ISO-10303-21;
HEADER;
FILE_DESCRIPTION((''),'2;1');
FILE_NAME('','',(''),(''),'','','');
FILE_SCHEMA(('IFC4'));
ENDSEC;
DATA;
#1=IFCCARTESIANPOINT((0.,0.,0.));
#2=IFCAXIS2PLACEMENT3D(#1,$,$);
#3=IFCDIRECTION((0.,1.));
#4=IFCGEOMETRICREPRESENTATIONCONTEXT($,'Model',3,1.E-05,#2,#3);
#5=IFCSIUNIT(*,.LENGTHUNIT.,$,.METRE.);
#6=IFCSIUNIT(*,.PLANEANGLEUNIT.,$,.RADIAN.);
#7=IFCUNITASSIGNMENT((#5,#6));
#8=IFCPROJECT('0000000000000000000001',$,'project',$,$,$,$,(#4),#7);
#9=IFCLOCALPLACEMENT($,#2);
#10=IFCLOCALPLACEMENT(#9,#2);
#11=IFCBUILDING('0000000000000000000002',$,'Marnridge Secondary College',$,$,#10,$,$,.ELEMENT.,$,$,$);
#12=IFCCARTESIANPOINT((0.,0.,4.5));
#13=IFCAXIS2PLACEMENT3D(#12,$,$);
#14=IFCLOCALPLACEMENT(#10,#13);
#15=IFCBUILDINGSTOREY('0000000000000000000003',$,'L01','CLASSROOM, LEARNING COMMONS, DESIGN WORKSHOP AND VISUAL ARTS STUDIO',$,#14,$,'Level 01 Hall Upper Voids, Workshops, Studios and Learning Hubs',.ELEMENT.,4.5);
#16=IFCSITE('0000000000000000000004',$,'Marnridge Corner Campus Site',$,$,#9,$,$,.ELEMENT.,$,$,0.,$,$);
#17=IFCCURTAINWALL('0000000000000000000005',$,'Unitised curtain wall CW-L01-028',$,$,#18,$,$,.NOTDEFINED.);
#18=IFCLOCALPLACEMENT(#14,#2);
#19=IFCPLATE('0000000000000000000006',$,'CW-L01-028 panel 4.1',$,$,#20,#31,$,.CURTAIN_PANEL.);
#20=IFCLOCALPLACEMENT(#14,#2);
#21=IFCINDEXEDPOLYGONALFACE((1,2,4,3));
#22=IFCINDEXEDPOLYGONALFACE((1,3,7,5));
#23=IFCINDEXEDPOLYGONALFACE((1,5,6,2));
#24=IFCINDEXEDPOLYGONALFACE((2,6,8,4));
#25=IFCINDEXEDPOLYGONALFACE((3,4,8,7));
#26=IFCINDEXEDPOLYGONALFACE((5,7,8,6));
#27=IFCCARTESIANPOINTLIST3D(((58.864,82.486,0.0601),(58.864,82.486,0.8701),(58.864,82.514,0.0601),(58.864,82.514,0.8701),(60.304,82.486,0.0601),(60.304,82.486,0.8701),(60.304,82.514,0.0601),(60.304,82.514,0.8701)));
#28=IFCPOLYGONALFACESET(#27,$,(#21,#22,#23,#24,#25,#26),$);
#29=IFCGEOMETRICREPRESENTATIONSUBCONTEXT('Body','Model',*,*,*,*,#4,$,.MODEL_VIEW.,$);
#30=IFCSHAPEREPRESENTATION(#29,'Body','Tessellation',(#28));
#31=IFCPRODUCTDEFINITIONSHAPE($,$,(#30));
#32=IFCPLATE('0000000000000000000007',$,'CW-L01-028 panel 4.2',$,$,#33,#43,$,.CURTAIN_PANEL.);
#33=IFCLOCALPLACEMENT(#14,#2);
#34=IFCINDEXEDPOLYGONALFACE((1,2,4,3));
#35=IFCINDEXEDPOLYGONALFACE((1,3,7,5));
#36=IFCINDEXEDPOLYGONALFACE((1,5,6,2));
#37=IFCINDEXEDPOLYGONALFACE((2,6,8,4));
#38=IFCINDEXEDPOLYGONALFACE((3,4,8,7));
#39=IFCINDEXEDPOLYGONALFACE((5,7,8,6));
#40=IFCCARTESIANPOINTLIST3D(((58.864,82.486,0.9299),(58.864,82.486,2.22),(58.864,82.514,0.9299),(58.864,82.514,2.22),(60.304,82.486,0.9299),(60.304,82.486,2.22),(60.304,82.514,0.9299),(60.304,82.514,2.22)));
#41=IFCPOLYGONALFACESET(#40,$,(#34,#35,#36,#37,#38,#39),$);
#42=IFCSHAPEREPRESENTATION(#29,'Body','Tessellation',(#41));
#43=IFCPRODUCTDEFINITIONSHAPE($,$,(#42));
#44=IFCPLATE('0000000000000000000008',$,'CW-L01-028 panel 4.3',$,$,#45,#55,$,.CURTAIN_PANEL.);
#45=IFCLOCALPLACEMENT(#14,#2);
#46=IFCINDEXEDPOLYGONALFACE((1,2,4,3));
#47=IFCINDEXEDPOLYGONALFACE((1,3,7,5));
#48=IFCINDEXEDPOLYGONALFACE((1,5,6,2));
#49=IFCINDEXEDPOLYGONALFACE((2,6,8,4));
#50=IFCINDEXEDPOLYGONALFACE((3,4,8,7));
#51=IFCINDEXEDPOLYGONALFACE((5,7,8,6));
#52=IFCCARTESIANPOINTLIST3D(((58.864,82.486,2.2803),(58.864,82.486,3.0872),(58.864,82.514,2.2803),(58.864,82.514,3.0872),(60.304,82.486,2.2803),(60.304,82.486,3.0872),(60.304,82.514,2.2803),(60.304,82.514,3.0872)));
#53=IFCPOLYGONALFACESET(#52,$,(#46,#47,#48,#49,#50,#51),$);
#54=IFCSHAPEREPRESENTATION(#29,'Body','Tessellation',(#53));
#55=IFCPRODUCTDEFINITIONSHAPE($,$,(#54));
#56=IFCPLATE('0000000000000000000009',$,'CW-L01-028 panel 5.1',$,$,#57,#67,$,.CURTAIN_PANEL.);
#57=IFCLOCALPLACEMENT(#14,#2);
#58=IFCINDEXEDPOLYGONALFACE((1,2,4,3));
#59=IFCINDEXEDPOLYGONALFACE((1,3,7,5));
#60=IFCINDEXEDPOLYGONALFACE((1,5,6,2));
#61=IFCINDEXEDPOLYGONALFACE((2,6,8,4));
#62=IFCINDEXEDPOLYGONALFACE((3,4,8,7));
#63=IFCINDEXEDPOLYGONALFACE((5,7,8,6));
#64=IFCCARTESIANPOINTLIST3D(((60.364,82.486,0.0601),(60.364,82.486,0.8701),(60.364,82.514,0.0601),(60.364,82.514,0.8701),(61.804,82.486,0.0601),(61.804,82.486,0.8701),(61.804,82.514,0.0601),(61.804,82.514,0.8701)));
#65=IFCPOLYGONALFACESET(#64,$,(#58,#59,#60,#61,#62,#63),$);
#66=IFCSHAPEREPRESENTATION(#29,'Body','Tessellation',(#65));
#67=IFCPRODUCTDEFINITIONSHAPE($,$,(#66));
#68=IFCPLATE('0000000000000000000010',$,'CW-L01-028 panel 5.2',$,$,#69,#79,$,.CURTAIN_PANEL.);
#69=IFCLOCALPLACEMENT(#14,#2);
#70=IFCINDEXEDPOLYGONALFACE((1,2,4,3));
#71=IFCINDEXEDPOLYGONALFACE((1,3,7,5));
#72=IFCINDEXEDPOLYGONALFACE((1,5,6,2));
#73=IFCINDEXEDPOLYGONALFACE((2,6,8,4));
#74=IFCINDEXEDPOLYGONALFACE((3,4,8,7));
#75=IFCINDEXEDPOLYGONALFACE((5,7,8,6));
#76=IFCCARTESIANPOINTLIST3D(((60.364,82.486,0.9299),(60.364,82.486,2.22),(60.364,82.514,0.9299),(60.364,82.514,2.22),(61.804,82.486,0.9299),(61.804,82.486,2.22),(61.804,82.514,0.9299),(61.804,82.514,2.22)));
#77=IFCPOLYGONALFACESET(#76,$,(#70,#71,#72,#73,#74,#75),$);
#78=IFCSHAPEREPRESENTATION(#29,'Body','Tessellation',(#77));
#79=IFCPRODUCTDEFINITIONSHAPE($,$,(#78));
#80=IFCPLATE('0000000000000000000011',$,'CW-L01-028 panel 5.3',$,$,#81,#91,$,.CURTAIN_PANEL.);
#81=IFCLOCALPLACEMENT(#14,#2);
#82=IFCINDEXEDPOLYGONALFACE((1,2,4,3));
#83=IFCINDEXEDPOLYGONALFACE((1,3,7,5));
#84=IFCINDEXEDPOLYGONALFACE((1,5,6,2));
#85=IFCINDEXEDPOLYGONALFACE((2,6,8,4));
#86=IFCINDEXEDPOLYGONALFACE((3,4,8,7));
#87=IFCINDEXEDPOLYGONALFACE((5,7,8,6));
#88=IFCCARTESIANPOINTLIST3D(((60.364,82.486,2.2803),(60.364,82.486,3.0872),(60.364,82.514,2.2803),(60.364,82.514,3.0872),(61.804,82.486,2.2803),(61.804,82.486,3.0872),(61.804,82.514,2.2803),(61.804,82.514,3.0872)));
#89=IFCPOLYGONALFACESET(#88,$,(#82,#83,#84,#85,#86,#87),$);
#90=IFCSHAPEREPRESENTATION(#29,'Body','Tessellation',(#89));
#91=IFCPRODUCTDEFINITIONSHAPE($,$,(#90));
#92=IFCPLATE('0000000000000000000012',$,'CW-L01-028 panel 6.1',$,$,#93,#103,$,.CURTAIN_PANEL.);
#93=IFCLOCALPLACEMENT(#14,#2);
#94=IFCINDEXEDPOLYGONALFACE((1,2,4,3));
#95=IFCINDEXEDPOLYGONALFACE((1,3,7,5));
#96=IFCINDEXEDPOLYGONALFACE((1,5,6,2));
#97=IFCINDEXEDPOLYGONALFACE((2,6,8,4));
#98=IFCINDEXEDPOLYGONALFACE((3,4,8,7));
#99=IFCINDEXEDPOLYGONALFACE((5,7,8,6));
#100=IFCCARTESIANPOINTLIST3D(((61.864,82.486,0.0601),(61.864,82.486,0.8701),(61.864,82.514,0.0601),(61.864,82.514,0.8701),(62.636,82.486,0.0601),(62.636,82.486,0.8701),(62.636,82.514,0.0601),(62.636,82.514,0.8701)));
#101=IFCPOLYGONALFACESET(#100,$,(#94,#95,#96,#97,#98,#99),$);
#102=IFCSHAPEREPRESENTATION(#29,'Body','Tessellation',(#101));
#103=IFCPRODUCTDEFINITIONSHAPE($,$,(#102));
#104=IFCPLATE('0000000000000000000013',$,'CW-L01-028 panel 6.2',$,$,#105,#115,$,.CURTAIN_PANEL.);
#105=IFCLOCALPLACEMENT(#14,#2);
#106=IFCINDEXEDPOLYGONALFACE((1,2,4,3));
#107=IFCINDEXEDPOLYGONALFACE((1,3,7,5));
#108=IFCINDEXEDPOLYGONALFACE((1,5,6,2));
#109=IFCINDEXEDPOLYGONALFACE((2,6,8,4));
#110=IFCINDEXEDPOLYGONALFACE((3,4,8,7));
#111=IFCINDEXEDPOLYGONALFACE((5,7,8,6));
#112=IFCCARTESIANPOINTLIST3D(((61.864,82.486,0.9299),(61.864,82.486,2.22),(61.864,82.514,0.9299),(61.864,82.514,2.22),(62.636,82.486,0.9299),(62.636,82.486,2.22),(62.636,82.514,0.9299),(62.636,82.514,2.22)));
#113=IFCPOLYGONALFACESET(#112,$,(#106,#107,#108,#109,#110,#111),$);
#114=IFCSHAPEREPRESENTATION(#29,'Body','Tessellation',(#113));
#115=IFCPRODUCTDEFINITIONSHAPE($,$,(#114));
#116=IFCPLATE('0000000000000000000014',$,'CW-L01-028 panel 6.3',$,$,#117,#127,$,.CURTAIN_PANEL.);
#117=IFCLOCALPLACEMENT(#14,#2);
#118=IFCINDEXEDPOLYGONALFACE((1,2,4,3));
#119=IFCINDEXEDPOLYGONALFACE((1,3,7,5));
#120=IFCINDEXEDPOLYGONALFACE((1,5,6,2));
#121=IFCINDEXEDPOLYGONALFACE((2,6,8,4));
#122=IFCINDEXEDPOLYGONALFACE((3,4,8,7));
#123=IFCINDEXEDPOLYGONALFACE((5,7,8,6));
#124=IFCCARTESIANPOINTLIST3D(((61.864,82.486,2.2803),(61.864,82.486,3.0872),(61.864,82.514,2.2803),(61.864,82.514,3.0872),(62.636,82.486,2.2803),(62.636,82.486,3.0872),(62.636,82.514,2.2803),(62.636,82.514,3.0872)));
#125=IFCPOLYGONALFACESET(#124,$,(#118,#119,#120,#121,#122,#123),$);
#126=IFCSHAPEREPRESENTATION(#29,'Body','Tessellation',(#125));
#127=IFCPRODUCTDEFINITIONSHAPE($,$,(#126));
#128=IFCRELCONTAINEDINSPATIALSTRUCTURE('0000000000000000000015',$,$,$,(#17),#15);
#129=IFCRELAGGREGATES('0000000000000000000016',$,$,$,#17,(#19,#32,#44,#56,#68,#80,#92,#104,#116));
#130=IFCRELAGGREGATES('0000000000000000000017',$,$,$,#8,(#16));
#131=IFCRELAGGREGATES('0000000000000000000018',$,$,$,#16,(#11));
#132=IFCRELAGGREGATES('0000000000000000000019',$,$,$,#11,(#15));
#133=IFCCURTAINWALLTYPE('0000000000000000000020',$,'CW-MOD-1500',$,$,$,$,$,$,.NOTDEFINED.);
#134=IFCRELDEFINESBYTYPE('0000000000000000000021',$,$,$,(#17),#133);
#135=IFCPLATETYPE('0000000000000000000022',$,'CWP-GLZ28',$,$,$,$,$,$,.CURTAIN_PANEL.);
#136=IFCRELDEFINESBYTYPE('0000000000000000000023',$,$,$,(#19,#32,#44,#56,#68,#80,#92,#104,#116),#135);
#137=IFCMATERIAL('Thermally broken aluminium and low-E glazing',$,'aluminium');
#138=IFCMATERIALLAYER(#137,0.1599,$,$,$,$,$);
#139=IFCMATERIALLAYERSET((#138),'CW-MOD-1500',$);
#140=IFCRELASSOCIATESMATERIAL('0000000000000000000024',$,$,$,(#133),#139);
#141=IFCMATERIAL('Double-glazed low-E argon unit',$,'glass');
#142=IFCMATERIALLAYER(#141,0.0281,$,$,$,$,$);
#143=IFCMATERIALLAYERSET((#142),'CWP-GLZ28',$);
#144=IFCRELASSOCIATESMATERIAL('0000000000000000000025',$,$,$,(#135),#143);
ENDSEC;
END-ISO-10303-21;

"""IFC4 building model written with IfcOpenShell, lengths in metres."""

from ifc_helpers import new_model, si_unit, direction, frame, origin, origin_2d, place, context, subcontext, project, spatial, rectangle, extrude, material, layer, layer_set, type_object, element, aggregate, save


model = new_model("IFC4")

# Units and contexts
model_context = context("Model", 3, precision=1e-05, world=origin(), true_north=direction((0.0, 1.0)))
body_context = subcontext(model_context, "Body", "Model", "MODEL_VIEW")
ifc_project = project(units=[si_unit("LENGTHUNIT", "METRE"), si_unit("PLANEANGLEUNIT", "RADIAN")], contexts=[model_context])

# Site, building, storey
site_placement = place(None, origin())
site = spatial("IfcSite", under=ifc_project, at=site_placement, Name="Marnridge Corner Campus Site", CompositionType="ELEMENT", RefElevation=0.0)
building_placement = place(site_placement, origin())
building = spatial("IfcBuilding", under=site, at=building_placement, Name="Marnridge Secondary College", CompositionType="ELEMENT")
storey_placement = place(building_placement, frame((0.0, 0.0, 4.5)))
storey = spatial("IfcBuildingStorey", under=building, at=storey_placement, Name="L01", Description="CLASSROOM, LEARNING COMMONS, DESIGN WORKSHOP AND VISUAL ARTS STUDIO", LongName="Level 01 Hall Upper Voids, Workshops, Studios and Learning Hubs", CompositionType="ELEMENT", Elevation=4.5)

# Curtain wall, plates
ifc_material_1 = material(Name="Thermally broken aluminium and low-E glazing", Category="aluminium")
ifc_layer_1 = layer(ifc_material_1, 0.1599)
ifc_layer_set_1 = layer_set([ifc_layer_1], Name="CW-MOD-1500")
curtain_wall_type = type_object("IfcCurtainWallType", Name="CW-MOD-1500", PredefinedType="NOTDEFINED", material=ifc_layer_set_1)
curtain_wall_placement = place(storey_placement, origin())
curtain_wall = element("IfcCurtainWall", 1, at=curtain_wall_placement, inside=storey, type_object=curtain_wall_type, Name="Unitised curtain wall CW-L01-028", PredefinedType="NOTDEFINED")
ifc_material_2 = material(Name="Double-glazed low-E argon unit", Category="glass")
ifc_layer_2 = layer(ifc_material_2, 0.0281)
ifc_layer_set_2 = layer_set([ifc_layer_2], Name="CWP-GLZ28")
plate_type = type_object("IfcPlateType", Name="CWP-GLZ28", PredefinedType="CURTAIN_PANEL", material=ifc_layer_set_2)
plate_1_placement = place(storey_placement, frame((59.584, 82.5, 0.0601), z_axis=(0.0, 0.0, 1.0), x_axis=(1.0, 0.0, 0.0)))
plate_1 = element("IfcPlate", 2, at=plate_1_placement, type_object=plate_type, Name="CW-L01-028 panel 4.1", PredefinedType="CURTAIN_PANEL", context=body_context, shape_type="SweptSolid", body=[
    extrude(rectangle(XDim=1.4399, YDim=0.0281, at=origin_2d()), origin(), (0.0, 0.0, 1.0), 0.8101),
])
plate_2_placement = place(storey_placement, frame((59.584, 82.5, 0.9299), z_axis=(0.0, 0.0, 1.0), x_axis=(1.0, 0.0, 0.0)))
plate_2 = element("IfcPlate", 3, at=plate_2_placement, type_object=plate_type, Name="CW-L01-028 panel 4.2", PredefinedType="CURTAIN_PANEL", context=body_context, shape_type="SweptSolid", body=[
    extrude(rectangle(XDim=1.4399, YDim=0.0281, at=origin_2d()), origin(), (0.0, 0.0, 1.0), 1.29),
])
plate_3_placement = place(storey_placement, frame((59.584, 82.5, 2.2803), z_axis=(0.0, 0.0, 1.0), x_axis=(1.0, 0.0, 0.0)))
plate_3 = element("IfcPlate", 4, at=plate_3_placement, type_object=plate_type, Name="CW-L01-028 panel 4.3", PredefinedType="CURTAIN_PANEL", context=body_context, shape_type="SweptSolid", body=[
    extrude(rectangle(XDim=1.4399, YDim=0.0281, at=origin_2d()), origin(), (0.0, 0.0, 1.0), 0.8069),
])
plate_4_placement = place(storey_placement, frame((61.084, 82.5, 0.0601), z_axis=(0.0, 0.0, 1.0), x_axis=(1.0, 0.0, 0.0)))
plate_4 = element("IfcPlate", 5, at=plate_4_placement, type_object=plate_type, Name="CW-L01-028 panel 5.1", PredefinedType="CURTAIN_PANEL", context=body_context, shape_type="SweptSolid", body=[
    extrude(rectangle(XDim=1.4399, YDim=0.0281, at=origin_2d()), origin(), (0.0, 0.0, 1.0), 0.8101),
])
plate_5_placement = place(storey_placement, frame((61.084, 82.5, 0.9299), z_axis=(0.0, 0.0, 1.0), x_axis=(1.0, 0.0, 0.0)))
plate_5 = element("IfcPlate", 6, at=plate_5_placement, type_object=plate_type, Name="CW-L01-028 panel 5.2", PredefinedType="CURTAIN_PANEL", context=body_context, shape_type="SweptSolid", body=[
    extrude(rectangle(XDim=1.4399, YDim=0.0281, at=origin_2d()), origin(), (0.0, 0.0, 1.0), 1.29),
])
plate_6_placement = place(storey_placement, frame((61.084, 82.5, 2.2803), z_axis=(0.0, 0.0, 1.0), x_axis=(1.0, 0.0, 0.0)))
plate_6 = element("IfcPlate", 7, at=plate_6_placement, type_object=plate_type, Name="CW-L01-028 panel 5.3", PredefinedType="CURTAIN_PANEL", context=body_context, shape_type="SweptSolid", body=[
    extrude(rectangle(XDim=1.4399, YDim=0.0281, at=origin_2d()), origin(), (0.0, 0.0, 1.0), 0.8069),
])
plate_7_placement = place(storey_placement, frame((62.25, 82.5, 0.0601), z_axis=(0.0, 0.0, 1.0), x_axis=(1.0, 0.0, 0.0)))
plate_7 = element("IfcPlate", 8, at=plate_7_placement, type_object=plate_type, Name="CW-L01-028 panel 6.1", PredefinedType="CURTAIN_PANEL", context=body_context, shape_type="SweptSolid", body=[
    extrude(rectangle(XDim=0.772, YDim=0.0281, at=origin_2d()), origin(), (0.0, 0.0, 1.0), 0.8101),
])
plate_8_placement = place(storey_placement, frame((62.25, 82.5, 0.9299), z_axis=(0.0, 0.0, 1.0), x_axis=(1.0, 0.0, 0.0)))
plate_8 = element("IfcPlate", 9, at=plate_8_placement, type_object=plate_type, Name="CW-L01-028 panel 6.2", PredefinedType="CURTAIN_PANEL", context=body_context, shape_type="SweptSolid", body=[
    extrude(rectangle(XDim=0.772, YDim=0.0281, at=origin_2d()), origin(), (0.0, 0.0, 1.0), 1.29),
])
plate_9_placement = place(storey_placement, frame((62.25, 82.5, 2.2803), z_axis=(0.0, 0.0, 1.0), x_axis=(1.0, 0.0, 0.0)))
plate_9 = element("IfcPlate", 10, at=plate_9_placement, type_object=plate_type, Name="CW-L01-028 panel 6.3", PredefinedType="CURTAIN_PANEL", context=body_context, shape_type="SweptSolid", body=[
    extrude(rectangle(XDim=0.772, YDim=0.0281, at=origin_2d()), origin(), (0.0, 0.0, 1.0), 0.8069),
])
aggregate(curtain_wall, [plate_1, plate_2, plate_3, plate_4, plate_5, plate_6, plate_7, plate_8, plate_9])

save(model, "model.ifc")
